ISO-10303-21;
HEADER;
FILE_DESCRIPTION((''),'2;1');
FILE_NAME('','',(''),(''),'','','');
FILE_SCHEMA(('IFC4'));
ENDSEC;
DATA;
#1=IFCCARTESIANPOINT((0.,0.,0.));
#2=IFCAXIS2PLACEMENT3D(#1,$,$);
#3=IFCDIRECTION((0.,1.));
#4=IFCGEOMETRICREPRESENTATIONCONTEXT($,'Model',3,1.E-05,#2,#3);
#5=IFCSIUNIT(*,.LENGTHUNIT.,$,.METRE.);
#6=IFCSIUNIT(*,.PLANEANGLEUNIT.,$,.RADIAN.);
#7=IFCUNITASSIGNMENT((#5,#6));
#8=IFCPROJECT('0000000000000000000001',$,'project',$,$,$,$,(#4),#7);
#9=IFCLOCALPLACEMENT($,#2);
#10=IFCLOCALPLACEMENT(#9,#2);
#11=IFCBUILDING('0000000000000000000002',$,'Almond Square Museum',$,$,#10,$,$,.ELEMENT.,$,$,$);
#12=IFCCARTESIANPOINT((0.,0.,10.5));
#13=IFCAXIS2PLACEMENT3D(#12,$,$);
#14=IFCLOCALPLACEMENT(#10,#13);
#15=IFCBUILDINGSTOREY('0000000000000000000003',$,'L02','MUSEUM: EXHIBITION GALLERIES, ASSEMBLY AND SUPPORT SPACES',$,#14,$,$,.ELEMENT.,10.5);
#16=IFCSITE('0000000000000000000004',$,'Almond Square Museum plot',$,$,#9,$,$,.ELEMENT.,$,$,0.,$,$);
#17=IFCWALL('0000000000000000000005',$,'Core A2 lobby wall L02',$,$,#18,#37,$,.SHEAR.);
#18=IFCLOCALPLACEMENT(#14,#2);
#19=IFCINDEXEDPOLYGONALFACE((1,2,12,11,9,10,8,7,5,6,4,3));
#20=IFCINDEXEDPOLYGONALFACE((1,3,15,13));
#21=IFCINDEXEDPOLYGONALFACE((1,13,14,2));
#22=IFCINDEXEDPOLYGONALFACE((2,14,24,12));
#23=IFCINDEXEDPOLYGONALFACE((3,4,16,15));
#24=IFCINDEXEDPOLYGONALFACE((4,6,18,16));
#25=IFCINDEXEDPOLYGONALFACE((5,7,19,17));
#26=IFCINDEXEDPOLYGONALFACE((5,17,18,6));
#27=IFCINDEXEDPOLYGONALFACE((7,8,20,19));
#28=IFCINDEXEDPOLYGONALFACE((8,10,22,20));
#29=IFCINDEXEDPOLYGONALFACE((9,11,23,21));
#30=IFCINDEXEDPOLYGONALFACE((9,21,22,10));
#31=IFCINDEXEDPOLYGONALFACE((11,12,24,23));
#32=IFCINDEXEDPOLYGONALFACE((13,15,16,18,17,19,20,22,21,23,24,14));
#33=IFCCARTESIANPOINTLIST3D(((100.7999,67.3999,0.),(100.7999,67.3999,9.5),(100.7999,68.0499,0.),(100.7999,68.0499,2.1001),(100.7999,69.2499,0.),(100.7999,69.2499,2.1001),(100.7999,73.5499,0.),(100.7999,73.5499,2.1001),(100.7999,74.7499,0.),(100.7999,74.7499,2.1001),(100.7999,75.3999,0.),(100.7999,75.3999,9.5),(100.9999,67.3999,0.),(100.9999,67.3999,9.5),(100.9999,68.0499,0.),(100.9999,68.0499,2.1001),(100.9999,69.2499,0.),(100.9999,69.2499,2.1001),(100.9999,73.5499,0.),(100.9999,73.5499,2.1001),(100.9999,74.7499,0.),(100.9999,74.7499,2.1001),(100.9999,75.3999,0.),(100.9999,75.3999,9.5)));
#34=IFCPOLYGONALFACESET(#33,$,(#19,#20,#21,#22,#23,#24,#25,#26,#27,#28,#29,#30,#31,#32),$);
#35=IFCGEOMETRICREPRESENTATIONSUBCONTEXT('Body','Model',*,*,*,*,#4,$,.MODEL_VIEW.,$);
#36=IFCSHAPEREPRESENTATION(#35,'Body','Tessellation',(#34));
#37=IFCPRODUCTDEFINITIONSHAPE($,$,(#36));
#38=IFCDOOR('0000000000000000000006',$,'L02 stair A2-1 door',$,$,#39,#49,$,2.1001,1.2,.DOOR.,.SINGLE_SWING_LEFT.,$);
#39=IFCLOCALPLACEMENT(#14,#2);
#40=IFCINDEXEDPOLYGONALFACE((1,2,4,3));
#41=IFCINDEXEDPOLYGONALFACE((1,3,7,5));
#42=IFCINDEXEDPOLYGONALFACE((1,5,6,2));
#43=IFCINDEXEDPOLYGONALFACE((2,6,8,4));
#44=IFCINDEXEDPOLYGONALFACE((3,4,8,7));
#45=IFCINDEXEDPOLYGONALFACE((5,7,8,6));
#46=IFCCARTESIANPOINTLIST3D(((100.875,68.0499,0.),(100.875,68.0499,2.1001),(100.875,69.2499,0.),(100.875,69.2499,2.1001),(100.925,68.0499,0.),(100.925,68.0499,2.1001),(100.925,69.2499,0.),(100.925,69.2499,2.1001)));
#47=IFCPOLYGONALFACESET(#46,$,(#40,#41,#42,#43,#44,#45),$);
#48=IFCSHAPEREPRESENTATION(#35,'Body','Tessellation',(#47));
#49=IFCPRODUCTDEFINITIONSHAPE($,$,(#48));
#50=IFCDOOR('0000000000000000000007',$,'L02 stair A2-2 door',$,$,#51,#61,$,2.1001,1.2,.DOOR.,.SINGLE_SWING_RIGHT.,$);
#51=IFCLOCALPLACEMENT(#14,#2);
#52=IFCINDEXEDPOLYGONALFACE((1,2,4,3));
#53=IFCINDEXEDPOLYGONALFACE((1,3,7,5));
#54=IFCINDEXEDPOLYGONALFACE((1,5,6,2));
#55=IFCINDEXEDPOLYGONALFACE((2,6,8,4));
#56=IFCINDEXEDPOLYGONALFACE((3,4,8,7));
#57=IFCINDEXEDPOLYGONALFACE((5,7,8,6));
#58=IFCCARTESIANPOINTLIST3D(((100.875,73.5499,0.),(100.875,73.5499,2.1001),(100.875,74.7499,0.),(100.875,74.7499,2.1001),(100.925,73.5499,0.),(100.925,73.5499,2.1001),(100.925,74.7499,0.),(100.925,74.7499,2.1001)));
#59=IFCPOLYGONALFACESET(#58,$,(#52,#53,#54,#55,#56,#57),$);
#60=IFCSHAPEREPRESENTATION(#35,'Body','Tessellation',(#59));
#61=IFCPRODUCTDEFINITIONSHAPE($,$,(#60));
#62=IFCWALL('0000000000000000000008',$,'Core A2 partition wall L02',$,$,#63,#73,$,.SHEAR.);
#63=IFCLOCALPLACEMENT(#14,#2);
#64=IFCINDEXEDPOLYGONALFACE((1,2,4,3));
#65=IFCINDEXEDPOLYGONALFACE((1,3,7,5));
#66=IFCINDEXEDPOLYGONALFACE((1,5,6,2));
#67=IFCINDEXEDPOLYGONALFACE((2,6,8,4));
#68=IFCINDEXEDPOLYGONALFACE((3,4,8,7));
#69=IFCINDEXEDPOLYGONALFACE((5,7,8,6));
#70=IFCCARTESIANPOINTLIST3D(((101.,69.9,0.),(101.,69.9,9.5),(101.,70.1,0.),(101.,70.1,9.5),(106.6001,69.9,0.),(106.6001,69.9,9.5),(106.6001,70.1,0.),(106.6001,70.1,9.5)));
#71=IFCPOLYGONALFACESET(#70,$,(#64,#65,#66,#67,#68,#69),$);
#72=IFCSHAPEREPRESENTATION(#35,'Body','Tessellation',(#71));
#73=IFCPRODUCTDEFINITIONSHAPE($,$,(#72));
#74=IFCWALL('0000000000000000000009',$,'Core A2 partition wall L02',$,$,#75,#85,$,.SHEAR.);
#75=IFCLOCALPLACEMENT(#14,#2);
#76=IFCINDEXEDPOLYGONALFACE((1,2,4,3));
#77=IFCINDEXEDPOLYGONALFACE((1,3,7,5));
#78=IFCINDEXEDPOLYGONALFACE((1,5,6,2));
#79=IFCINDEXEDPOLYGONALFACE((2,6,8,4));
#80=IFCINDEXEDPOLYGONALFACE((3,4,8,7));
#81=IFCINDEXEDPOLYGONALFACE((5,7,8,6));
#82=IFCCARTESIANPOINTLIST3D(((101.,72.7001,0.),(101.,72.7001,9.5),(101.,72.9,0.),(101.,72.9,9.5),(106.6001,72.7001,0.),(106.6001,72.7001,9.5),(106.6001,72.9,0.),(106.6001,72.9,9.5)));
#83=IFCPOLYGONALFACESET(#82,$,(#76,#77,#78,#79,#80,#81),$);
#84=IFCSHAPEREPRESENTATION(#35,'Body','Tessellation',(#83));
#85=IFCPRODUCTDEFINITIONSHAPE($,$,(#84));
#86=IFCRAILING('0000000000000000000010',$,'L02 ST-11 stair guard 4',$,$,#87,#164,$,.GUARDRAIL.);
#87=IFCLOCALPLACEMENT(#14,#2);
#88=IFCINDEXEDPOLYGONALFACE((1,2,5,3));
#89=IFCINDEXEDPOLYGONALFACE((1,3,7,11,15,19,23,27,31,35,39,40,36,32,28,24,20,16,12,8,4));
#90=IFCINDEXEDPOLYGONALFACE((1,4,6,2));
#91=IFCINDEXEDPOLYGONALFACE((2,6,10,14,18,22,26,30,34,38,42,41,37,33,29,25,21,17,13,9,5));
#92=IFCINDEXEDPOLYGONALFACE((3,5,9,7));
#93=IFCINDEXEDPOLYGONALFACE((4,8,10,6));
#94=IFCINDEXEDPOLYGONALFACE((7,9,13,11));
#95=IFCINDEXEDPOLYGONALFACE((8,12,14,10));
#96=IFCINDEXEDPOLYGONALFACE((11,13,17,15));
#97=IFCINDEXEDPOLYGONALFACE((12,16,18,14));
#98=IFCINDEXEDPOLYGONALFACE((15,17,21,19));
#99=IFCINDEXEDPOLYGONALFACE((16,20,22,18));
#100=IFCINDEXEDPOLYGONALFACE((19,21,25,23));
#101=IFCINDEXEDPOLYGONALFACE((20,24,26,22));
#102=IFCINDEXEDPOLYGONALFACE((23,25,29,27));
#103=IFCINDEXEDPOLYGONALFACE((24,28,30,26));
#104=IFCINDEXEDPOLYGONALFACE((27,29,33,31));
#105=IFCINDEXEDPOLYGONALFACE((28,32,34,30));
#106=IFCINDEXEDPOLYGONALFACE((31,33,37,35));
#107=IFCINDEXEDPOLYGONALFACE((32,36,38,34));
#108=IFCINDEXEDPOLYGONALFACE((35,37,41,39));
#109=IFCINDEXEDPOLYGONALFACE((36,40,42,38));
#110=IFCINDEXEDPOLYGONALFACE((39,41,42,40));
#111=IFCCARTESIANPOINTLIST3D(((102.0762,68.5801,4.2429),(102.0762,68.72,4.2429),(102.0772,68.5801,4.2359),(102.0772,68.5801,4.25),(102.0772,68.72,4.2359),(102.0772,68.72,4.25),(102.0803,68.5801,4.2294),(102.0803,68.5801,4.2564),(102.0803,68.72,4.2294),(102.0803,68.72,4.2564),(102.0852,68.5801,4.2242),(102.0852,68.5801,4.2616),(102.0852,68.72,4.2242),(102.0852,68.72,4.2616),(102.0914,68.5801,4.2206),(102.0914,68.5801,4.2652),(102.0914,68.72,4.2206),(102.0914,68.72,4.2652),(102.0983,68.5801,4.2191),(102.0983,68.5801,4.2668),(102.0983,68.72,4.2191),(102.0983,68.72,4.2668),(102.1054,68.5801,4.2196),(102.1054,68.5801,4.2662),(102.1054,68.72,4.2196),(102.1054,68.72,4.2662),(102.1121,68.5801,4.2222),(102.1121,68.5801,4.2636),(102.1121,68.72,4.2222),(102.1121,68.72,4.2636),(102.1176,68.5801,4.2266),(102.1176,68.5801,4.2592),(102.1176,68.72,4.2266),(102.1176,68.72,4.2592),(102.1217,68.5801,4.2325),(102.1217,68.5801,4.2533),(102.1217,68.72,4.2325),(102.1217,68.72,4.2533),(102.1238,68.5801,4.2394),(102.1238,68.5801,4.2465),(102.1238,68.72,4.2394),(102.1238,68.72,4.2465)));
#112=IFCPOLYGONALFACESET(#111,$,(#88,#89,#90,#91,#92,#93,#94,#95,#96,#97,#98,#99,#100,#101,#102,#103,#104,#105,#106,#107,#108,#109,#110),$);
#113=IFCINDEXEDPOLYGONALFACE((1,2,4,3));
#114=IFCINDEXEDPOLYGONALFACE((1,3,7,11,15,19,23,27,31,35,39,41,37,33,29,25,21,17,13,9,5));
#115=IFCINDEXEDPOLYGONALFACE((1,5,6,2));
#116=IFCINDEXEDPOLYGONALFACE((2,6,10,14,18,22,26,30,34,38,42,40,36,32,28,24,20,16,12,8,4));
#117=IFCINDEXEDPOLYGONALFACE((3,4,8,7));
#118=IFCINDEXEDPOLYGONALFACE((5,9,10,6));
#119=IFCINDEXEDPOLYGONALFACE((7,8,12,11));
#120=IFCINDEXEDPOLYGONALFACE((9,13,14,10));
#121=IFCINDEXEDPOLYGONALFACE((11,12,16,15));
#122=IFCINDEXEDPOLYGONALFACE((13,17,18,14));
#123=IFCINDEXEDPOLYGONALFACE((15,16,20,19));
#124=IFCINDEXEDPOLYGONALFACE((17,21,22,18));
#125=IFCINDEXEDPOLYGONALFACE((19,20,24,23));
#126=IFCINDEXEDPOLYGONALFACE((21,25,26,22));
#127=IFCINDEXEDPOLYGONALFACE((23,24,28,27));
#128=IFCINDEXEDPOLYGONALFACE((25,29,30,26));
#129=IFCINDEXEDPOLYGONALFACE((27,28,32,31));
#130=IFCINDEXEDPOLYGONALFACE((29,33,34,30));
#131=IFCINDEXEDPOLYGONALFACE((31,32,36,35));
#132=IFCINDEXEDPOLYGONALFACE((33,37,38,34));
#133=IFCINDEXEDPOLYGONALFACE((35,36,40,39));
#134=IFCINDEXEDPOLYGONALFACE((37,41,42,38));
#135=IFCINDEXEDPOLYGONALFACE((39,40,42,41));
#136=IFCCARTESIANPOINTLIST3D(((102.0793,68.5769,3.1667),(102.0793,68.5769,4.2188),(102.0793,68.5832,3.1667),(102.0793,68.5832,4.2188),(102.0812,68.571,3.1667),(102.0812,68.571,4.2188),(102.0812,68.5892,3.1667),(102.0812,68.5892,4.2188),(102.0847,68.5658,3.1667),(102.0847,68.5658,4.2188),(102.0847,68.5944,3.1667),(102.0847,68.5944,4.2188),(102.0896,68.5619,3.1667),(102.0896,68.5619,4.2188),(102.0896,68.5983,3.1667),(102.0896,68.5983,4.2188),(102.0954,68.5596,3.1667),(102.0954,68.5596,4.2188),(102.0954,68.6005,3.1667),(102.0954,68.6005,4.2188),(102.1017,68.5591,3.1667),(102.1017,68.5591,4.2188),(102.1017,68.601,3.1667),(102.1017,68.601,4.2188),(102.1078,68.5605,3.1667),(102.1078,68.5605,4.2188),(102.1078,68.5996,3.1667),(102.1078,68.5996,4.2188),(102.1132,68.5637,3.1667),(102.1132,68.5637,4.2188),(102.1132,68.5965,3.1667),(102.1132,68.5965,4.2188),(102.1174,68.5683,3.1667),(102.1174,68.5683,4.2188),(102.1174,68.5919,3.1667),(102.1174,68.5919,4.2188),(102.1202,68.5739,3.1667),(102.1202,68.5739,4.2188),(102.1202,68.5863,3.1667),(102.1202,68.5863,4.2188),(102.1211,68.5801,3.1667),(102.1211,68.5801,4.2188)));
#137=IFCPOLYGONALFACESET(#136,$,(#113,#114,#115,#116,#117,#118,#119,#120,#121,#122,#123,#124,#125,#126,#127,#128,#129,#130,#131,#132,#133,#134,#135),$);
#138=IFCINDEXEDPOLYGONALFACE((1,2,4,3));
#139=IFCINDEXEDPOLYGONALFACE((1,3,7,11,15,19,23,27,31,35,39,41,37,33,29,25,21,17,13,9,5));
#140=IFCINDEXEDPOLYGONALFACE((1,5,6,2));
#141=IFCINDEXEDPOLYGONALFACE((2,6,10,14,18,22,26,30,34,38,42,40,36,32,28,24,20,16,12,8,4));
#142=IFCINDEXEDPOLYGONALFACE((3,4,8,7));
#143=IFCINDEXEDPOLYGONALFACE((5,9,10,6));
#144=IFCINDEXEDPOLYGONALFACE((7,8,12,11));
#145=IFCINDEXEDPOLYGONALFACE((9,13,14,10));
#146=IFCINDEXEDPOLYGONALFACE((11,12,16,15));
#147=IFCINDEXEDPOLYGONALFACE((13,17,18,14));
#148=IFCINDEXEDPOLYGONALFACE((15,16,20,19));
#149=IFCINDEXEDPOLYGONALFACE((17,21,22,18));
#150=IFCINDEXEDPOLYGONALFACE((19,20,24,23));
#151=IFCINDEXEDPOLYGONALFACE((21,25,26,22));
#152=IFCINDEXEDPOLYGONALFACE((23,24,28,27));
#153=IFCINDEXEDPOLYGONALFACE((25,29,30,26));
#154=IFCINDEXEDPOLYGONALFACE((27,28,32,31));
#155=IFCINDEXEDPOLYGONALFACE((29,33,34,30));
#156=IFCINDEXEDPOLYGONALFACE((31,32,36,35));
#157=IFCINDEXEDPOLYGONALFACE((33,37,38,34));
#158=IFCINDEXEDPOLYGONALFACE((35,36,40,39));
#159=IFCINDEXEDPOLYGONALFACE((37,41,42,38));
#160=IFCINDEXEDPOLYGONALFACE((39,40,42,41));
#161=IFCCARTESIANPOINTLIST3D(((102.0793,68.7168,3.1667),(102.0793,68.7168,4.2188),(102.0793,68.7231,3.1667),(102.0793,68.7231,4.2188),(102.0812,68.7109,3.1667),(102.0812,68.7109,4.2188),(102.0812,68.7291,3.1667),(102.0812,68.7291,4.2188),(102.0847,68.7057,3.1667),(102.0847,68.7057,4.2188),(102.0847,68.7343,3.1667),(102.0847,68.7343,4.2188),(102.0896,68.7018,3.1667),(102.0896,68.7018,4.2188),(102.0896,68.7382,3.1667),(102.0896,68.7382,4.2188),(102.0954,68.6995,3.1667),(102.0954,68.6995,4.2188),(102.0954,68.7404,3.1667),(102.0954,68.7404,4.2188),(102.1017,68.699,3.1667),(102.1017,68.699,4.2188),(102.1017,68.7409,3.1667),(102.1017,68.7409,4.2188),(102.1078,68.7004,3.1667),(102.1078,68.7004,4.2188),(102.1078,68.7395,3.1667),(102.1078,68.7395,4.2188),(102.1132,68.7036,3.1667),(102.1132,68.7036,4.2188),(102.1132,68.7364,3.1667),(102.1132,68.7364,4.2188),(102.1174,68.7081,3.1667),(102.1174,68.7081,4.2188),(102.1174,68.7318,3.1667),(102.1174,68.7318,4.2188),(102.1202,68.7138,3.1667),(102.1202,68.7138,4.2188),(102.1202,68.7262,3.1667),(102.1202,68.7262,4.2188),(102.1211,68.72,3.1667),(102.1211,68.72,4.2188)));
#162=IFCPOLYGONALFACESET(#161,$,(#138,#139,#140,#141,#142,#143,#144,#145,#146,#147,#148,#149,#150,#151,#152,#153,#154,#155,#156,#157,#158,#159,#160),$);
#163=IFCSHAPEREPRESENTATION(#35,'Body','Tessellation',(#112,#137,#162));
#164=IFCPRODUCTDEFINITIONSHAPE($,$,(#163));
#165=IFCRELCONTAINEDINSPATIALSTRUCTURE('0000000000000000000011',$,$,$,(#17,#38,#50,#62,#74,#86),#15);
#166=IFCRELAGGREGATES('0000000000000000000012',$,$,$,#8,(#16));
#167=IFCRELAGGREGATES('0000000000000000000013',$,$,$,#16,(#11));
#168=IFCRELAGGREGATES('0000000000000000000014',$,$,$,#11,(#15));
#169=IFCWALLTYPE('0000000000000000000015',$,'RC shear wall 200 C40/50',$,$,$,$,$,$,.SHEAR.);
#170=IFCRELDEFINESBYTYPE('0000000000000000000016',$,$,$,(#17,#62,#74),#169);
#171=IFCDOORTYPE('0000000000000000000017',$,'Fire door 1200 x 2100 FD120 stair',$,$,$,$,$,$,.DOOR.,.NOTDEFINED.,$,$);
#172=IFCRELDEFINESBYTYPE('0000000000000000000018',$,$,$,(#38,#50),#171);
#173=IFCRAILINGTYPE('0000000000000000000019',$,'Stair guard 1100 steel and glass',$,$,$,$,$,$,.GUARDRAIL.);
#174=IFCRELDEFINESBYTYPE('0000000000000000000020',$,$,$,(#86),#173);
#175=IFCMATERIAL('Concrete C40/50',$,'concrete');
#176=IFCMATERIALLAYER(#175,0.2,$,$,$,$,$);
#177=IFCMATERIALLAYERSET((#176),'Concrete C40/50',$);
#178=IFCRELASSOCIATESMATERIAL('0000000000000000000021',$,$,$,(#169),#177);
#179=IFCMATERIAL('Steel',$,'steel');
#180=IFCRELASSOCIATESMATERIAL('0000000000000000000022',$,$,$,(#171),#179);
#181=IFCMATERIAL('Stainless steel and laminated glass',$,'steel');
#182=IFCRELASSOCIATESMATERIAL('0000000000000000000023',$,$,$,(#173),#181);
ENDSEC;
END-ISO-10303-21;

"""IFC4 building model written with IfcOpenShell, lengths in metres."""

from ifc_helpers import new_model, si_unit, direction, frame, frame_2d, origin, origin_2d, place, context, subcontext, project, spatial, rectangle, circle, extrude, material, layer, layer_set, type_object, element, fill, save


model = new_model("IFC4")

# Units and contexts
model_context = context("Model", 3, precision=1e-05, world=origin(), true_north=direction((0.0, 1.0)))
body_context = subcontext(model_context, "Body", "Model", "MODEL_VIEW")
ifc_project = project(units=[si_unit("LENGTHUNIT", "METRE"), si_unit("PLANEANGLEUNIT", "RADIAN")], contexts=[model_context])

# Site, building, storey
site_placement = place(None, origin())
site = spatial("IfcSite", under=ifc_project, at=site_placement, Name="Almond Square Museum plot", CompositionType="ELEMENT", RefElevation=0.0)
building_placement = place(site_placement, origin())
building = spatial("IfcBuilding", under=site, at=building_placement, Name="Almond Square Museum", CompositionType="ELEMENT")
storey_placement = place(building_placement, frame((0.0, 0.0, 10.5)))
storey = spatial("IfcBuildingStorey", under=building, at=storey_placement, Name="L02", Description="MUSEUM: EXHIBITION GALLERIES, ASSEMBLY AND SUPPORT SPACES", CompositionType="ELEMENT", Elevation=10.5)

# Shared definitions
ifc_material_1 = material(Name="Concrete C40/50", Category="concrete")
ifc_layer_1 = layer(ifc_material_1, 0.2)
ifc_layer_set_1 = layer_set([ifc_layer_1], Name="Concrete C40/50")
wall_type = type_object("IfcWallType", Name="RC shear wall 200 C40/50", PredefinedType="SHEAR", material=ifc_layer_set_1)

# Wall, openings, doors
wall_1_placement = place(storey_placement, frame((100.8999, 67.3999, 0.0), z_axis=(0.0, 0.0, 1.0), x_axis=(0.0, 1.0, 0.0)))
wall_1 = element("IfcWall", 1, at=wall_1_placement, inside=storey, type_object=wall_type, Name="Core A2 lobby wall L02", PredefinedType="SHEAR", context=body_context, shape_type="SweptSolid", body=[
    extrude(rectangle(XDim=8.0, YDim=0.2, at=frame_2d((4.0, 0.0))), origin(), (0.0, 0.0, 1.0), 9.5),
])
opening_1_placement = place(wall_1_placement, frame((0.6499, 0.0, 0.0)))
opening_1 = element("IfcOpeningElement", 2, at=opening_1_placement, cuts=wall_1, PredefinedType="OPENING", context=body_context, shape_type="SweptSolid", body=[
    extrude(rectangle(XDim=1.2, YDim=2.1001, at=frame_2d((0.6001, 1.05))), frame((0.0, 0.1099, 0.0), z_axis=(0.0, -1.0, 0.0), x_axis=(1.0, 0.0, 0.0)), (0.0, 0.0, 1.0), 0.22),
])
opening_2_placement = place(wall_1_placement, frame((6.1499, 0.0, 0.0)))
opening_2 = element("IfcOpeningElement", 3, at=opening_2_placement, cuts=wall_1, PredefinedType="OPENING", context=body_context, shape_type="SweptSolid", body=[
    extrude(rectangle(XDim=1.2, YDim=2.1001, at=frame_2d((0.6001, 1.05))), frame((0.0, 0.1099, 0.0), z_axis=(0.0, -1.0, 0.0), x_axis=(1.0, 0.0, 0.0)), (0.0, 0.0, 1.0), 0.22),
])
ifc_material_2 = material(Name="Steel", Category="steel")
door_type_1 = type_object("IfcDoorType", Name="Fire door 1200 x 2100 FD120 stair", OperationType="NOTDEFINED", PredefinedType="DOOR", material=ifc_material_2)
door_1_placement = place(opening_1_placement, origin())
door_1 = element("IfcDoor", 4, at=door_1_placement, inside=storey, type_object=door_type_1, Name="L02 stair A2-1 door", OperationType="SINGLE_SWING_LEFT", OverallHeight=2.1001, OverallWidth=1.2, PredefinedType="DOOR", context=body_context, shape_type="SweptSolid", body=[
    extrude(rectangle(XDim=1.2, YDim=2.1001, at=frame_2d((0.6001, 1.05))), frame((0.0, 0.0249, 0.0), z_axis=(0.0, -1.0, 0.0), x_axis=(1.0, 0.0, 0.0)), (0.0, 0.0, 1.0), 0.05),
])
fill(opening_1, door_1)
door_2_placement = place(opening_2_placement, origin())
door_2 = element("IfcDoor", 5, at=door_2_placement, inside=storey, type_object=door_type_1, Name="L02 stair A2-2 door", OperationType="SINGLE_SWING_RIGHT", OverallHeight=2.1001, OverallWidth=1.2, PredefinedType="DOOR", context=body_context, shape_type="SweptSolid", body=[
    extrude(rectangle(XDim=1.2, YDim=2.1001, at=frame_2d((0.6001, 1.05))), frame((0.0, 0.0249, 0.0), z_axis=(0.0, -1.0, 0.0), x_axis=(1.0, 0.0, 0.0)), (0.0, 0.0, 1.0), 0.05),
])
fill(opening_2, door_2)

# Walls
for number, where, z_axis, x_axis, name in (
    (6, (101.0, 70.0, 0.0), (0.0, 0.0, 1.0), (1.0, 0.0, 0.0), "Core A2 partition wall L02"),
    (7, (101.0, 72.8, 0.0), (0.0, 0.0, 1.0), (1.0, 0.0, 0.0), "Core A2 partition wall L02"),
):
    element("IfcWall", number, at=place(storey_placement, frame(where, z_axis=z_axis, x_axis=x_axis)), inside=storey, type_object=wall_type, Name=name, PredefinedType="SHEAR", context=body_context, shape_type="SweptSolid", body=[
        extrude(rectangle(XDim=5.6001, YDim=0.2, at=frame_2d((2.8, 0.0))), origin(), (0.0, 0.0, 1.0), 9.5),
    ])

# Railing
ifc_material_3 = material(Name="Stainless steel and laminated glass", Category="steel")
railing_type = type_object("IfcRailingType", Name="Stair guard 1100 steel and glass", PredefinedType="GUARDRAIL", material=ifc_material_3)
for number, where, name in (
    (8, (102.1001, 68.5801, 3.1667), "L02 ST-11 stair guard 4"),
):
    element("IfcRailing", number, at=place(storey_placement, frame(where)), inside=storey, type_object=railing_type, Name=name, PredefinedType="GUARDRAIL", context=body_context, shape_type="SweptSolid", body=[
        extrude(circle(Radius=0.0239, at=origin_2d()), frame((0.0, 0.0, 1.0762), z_axis=(0.0, 1.0, 0.0), x_axis=(-1.0, 0.0, 0.0)), (0.0, 0.0, 1.0), 0.1399),
        extrude(circle(Radius=0.021, at=origin_2d()), origin(), (0.0, 0.0, 1.0), 1.052),
        extrude(circle(Radius=0.021, at=origin_2d()), frame((0.0, 0.1399, 0.0)), (0.0, 0.0, 1.0), 1.052),
    ])

save(model, "model.ifc")
